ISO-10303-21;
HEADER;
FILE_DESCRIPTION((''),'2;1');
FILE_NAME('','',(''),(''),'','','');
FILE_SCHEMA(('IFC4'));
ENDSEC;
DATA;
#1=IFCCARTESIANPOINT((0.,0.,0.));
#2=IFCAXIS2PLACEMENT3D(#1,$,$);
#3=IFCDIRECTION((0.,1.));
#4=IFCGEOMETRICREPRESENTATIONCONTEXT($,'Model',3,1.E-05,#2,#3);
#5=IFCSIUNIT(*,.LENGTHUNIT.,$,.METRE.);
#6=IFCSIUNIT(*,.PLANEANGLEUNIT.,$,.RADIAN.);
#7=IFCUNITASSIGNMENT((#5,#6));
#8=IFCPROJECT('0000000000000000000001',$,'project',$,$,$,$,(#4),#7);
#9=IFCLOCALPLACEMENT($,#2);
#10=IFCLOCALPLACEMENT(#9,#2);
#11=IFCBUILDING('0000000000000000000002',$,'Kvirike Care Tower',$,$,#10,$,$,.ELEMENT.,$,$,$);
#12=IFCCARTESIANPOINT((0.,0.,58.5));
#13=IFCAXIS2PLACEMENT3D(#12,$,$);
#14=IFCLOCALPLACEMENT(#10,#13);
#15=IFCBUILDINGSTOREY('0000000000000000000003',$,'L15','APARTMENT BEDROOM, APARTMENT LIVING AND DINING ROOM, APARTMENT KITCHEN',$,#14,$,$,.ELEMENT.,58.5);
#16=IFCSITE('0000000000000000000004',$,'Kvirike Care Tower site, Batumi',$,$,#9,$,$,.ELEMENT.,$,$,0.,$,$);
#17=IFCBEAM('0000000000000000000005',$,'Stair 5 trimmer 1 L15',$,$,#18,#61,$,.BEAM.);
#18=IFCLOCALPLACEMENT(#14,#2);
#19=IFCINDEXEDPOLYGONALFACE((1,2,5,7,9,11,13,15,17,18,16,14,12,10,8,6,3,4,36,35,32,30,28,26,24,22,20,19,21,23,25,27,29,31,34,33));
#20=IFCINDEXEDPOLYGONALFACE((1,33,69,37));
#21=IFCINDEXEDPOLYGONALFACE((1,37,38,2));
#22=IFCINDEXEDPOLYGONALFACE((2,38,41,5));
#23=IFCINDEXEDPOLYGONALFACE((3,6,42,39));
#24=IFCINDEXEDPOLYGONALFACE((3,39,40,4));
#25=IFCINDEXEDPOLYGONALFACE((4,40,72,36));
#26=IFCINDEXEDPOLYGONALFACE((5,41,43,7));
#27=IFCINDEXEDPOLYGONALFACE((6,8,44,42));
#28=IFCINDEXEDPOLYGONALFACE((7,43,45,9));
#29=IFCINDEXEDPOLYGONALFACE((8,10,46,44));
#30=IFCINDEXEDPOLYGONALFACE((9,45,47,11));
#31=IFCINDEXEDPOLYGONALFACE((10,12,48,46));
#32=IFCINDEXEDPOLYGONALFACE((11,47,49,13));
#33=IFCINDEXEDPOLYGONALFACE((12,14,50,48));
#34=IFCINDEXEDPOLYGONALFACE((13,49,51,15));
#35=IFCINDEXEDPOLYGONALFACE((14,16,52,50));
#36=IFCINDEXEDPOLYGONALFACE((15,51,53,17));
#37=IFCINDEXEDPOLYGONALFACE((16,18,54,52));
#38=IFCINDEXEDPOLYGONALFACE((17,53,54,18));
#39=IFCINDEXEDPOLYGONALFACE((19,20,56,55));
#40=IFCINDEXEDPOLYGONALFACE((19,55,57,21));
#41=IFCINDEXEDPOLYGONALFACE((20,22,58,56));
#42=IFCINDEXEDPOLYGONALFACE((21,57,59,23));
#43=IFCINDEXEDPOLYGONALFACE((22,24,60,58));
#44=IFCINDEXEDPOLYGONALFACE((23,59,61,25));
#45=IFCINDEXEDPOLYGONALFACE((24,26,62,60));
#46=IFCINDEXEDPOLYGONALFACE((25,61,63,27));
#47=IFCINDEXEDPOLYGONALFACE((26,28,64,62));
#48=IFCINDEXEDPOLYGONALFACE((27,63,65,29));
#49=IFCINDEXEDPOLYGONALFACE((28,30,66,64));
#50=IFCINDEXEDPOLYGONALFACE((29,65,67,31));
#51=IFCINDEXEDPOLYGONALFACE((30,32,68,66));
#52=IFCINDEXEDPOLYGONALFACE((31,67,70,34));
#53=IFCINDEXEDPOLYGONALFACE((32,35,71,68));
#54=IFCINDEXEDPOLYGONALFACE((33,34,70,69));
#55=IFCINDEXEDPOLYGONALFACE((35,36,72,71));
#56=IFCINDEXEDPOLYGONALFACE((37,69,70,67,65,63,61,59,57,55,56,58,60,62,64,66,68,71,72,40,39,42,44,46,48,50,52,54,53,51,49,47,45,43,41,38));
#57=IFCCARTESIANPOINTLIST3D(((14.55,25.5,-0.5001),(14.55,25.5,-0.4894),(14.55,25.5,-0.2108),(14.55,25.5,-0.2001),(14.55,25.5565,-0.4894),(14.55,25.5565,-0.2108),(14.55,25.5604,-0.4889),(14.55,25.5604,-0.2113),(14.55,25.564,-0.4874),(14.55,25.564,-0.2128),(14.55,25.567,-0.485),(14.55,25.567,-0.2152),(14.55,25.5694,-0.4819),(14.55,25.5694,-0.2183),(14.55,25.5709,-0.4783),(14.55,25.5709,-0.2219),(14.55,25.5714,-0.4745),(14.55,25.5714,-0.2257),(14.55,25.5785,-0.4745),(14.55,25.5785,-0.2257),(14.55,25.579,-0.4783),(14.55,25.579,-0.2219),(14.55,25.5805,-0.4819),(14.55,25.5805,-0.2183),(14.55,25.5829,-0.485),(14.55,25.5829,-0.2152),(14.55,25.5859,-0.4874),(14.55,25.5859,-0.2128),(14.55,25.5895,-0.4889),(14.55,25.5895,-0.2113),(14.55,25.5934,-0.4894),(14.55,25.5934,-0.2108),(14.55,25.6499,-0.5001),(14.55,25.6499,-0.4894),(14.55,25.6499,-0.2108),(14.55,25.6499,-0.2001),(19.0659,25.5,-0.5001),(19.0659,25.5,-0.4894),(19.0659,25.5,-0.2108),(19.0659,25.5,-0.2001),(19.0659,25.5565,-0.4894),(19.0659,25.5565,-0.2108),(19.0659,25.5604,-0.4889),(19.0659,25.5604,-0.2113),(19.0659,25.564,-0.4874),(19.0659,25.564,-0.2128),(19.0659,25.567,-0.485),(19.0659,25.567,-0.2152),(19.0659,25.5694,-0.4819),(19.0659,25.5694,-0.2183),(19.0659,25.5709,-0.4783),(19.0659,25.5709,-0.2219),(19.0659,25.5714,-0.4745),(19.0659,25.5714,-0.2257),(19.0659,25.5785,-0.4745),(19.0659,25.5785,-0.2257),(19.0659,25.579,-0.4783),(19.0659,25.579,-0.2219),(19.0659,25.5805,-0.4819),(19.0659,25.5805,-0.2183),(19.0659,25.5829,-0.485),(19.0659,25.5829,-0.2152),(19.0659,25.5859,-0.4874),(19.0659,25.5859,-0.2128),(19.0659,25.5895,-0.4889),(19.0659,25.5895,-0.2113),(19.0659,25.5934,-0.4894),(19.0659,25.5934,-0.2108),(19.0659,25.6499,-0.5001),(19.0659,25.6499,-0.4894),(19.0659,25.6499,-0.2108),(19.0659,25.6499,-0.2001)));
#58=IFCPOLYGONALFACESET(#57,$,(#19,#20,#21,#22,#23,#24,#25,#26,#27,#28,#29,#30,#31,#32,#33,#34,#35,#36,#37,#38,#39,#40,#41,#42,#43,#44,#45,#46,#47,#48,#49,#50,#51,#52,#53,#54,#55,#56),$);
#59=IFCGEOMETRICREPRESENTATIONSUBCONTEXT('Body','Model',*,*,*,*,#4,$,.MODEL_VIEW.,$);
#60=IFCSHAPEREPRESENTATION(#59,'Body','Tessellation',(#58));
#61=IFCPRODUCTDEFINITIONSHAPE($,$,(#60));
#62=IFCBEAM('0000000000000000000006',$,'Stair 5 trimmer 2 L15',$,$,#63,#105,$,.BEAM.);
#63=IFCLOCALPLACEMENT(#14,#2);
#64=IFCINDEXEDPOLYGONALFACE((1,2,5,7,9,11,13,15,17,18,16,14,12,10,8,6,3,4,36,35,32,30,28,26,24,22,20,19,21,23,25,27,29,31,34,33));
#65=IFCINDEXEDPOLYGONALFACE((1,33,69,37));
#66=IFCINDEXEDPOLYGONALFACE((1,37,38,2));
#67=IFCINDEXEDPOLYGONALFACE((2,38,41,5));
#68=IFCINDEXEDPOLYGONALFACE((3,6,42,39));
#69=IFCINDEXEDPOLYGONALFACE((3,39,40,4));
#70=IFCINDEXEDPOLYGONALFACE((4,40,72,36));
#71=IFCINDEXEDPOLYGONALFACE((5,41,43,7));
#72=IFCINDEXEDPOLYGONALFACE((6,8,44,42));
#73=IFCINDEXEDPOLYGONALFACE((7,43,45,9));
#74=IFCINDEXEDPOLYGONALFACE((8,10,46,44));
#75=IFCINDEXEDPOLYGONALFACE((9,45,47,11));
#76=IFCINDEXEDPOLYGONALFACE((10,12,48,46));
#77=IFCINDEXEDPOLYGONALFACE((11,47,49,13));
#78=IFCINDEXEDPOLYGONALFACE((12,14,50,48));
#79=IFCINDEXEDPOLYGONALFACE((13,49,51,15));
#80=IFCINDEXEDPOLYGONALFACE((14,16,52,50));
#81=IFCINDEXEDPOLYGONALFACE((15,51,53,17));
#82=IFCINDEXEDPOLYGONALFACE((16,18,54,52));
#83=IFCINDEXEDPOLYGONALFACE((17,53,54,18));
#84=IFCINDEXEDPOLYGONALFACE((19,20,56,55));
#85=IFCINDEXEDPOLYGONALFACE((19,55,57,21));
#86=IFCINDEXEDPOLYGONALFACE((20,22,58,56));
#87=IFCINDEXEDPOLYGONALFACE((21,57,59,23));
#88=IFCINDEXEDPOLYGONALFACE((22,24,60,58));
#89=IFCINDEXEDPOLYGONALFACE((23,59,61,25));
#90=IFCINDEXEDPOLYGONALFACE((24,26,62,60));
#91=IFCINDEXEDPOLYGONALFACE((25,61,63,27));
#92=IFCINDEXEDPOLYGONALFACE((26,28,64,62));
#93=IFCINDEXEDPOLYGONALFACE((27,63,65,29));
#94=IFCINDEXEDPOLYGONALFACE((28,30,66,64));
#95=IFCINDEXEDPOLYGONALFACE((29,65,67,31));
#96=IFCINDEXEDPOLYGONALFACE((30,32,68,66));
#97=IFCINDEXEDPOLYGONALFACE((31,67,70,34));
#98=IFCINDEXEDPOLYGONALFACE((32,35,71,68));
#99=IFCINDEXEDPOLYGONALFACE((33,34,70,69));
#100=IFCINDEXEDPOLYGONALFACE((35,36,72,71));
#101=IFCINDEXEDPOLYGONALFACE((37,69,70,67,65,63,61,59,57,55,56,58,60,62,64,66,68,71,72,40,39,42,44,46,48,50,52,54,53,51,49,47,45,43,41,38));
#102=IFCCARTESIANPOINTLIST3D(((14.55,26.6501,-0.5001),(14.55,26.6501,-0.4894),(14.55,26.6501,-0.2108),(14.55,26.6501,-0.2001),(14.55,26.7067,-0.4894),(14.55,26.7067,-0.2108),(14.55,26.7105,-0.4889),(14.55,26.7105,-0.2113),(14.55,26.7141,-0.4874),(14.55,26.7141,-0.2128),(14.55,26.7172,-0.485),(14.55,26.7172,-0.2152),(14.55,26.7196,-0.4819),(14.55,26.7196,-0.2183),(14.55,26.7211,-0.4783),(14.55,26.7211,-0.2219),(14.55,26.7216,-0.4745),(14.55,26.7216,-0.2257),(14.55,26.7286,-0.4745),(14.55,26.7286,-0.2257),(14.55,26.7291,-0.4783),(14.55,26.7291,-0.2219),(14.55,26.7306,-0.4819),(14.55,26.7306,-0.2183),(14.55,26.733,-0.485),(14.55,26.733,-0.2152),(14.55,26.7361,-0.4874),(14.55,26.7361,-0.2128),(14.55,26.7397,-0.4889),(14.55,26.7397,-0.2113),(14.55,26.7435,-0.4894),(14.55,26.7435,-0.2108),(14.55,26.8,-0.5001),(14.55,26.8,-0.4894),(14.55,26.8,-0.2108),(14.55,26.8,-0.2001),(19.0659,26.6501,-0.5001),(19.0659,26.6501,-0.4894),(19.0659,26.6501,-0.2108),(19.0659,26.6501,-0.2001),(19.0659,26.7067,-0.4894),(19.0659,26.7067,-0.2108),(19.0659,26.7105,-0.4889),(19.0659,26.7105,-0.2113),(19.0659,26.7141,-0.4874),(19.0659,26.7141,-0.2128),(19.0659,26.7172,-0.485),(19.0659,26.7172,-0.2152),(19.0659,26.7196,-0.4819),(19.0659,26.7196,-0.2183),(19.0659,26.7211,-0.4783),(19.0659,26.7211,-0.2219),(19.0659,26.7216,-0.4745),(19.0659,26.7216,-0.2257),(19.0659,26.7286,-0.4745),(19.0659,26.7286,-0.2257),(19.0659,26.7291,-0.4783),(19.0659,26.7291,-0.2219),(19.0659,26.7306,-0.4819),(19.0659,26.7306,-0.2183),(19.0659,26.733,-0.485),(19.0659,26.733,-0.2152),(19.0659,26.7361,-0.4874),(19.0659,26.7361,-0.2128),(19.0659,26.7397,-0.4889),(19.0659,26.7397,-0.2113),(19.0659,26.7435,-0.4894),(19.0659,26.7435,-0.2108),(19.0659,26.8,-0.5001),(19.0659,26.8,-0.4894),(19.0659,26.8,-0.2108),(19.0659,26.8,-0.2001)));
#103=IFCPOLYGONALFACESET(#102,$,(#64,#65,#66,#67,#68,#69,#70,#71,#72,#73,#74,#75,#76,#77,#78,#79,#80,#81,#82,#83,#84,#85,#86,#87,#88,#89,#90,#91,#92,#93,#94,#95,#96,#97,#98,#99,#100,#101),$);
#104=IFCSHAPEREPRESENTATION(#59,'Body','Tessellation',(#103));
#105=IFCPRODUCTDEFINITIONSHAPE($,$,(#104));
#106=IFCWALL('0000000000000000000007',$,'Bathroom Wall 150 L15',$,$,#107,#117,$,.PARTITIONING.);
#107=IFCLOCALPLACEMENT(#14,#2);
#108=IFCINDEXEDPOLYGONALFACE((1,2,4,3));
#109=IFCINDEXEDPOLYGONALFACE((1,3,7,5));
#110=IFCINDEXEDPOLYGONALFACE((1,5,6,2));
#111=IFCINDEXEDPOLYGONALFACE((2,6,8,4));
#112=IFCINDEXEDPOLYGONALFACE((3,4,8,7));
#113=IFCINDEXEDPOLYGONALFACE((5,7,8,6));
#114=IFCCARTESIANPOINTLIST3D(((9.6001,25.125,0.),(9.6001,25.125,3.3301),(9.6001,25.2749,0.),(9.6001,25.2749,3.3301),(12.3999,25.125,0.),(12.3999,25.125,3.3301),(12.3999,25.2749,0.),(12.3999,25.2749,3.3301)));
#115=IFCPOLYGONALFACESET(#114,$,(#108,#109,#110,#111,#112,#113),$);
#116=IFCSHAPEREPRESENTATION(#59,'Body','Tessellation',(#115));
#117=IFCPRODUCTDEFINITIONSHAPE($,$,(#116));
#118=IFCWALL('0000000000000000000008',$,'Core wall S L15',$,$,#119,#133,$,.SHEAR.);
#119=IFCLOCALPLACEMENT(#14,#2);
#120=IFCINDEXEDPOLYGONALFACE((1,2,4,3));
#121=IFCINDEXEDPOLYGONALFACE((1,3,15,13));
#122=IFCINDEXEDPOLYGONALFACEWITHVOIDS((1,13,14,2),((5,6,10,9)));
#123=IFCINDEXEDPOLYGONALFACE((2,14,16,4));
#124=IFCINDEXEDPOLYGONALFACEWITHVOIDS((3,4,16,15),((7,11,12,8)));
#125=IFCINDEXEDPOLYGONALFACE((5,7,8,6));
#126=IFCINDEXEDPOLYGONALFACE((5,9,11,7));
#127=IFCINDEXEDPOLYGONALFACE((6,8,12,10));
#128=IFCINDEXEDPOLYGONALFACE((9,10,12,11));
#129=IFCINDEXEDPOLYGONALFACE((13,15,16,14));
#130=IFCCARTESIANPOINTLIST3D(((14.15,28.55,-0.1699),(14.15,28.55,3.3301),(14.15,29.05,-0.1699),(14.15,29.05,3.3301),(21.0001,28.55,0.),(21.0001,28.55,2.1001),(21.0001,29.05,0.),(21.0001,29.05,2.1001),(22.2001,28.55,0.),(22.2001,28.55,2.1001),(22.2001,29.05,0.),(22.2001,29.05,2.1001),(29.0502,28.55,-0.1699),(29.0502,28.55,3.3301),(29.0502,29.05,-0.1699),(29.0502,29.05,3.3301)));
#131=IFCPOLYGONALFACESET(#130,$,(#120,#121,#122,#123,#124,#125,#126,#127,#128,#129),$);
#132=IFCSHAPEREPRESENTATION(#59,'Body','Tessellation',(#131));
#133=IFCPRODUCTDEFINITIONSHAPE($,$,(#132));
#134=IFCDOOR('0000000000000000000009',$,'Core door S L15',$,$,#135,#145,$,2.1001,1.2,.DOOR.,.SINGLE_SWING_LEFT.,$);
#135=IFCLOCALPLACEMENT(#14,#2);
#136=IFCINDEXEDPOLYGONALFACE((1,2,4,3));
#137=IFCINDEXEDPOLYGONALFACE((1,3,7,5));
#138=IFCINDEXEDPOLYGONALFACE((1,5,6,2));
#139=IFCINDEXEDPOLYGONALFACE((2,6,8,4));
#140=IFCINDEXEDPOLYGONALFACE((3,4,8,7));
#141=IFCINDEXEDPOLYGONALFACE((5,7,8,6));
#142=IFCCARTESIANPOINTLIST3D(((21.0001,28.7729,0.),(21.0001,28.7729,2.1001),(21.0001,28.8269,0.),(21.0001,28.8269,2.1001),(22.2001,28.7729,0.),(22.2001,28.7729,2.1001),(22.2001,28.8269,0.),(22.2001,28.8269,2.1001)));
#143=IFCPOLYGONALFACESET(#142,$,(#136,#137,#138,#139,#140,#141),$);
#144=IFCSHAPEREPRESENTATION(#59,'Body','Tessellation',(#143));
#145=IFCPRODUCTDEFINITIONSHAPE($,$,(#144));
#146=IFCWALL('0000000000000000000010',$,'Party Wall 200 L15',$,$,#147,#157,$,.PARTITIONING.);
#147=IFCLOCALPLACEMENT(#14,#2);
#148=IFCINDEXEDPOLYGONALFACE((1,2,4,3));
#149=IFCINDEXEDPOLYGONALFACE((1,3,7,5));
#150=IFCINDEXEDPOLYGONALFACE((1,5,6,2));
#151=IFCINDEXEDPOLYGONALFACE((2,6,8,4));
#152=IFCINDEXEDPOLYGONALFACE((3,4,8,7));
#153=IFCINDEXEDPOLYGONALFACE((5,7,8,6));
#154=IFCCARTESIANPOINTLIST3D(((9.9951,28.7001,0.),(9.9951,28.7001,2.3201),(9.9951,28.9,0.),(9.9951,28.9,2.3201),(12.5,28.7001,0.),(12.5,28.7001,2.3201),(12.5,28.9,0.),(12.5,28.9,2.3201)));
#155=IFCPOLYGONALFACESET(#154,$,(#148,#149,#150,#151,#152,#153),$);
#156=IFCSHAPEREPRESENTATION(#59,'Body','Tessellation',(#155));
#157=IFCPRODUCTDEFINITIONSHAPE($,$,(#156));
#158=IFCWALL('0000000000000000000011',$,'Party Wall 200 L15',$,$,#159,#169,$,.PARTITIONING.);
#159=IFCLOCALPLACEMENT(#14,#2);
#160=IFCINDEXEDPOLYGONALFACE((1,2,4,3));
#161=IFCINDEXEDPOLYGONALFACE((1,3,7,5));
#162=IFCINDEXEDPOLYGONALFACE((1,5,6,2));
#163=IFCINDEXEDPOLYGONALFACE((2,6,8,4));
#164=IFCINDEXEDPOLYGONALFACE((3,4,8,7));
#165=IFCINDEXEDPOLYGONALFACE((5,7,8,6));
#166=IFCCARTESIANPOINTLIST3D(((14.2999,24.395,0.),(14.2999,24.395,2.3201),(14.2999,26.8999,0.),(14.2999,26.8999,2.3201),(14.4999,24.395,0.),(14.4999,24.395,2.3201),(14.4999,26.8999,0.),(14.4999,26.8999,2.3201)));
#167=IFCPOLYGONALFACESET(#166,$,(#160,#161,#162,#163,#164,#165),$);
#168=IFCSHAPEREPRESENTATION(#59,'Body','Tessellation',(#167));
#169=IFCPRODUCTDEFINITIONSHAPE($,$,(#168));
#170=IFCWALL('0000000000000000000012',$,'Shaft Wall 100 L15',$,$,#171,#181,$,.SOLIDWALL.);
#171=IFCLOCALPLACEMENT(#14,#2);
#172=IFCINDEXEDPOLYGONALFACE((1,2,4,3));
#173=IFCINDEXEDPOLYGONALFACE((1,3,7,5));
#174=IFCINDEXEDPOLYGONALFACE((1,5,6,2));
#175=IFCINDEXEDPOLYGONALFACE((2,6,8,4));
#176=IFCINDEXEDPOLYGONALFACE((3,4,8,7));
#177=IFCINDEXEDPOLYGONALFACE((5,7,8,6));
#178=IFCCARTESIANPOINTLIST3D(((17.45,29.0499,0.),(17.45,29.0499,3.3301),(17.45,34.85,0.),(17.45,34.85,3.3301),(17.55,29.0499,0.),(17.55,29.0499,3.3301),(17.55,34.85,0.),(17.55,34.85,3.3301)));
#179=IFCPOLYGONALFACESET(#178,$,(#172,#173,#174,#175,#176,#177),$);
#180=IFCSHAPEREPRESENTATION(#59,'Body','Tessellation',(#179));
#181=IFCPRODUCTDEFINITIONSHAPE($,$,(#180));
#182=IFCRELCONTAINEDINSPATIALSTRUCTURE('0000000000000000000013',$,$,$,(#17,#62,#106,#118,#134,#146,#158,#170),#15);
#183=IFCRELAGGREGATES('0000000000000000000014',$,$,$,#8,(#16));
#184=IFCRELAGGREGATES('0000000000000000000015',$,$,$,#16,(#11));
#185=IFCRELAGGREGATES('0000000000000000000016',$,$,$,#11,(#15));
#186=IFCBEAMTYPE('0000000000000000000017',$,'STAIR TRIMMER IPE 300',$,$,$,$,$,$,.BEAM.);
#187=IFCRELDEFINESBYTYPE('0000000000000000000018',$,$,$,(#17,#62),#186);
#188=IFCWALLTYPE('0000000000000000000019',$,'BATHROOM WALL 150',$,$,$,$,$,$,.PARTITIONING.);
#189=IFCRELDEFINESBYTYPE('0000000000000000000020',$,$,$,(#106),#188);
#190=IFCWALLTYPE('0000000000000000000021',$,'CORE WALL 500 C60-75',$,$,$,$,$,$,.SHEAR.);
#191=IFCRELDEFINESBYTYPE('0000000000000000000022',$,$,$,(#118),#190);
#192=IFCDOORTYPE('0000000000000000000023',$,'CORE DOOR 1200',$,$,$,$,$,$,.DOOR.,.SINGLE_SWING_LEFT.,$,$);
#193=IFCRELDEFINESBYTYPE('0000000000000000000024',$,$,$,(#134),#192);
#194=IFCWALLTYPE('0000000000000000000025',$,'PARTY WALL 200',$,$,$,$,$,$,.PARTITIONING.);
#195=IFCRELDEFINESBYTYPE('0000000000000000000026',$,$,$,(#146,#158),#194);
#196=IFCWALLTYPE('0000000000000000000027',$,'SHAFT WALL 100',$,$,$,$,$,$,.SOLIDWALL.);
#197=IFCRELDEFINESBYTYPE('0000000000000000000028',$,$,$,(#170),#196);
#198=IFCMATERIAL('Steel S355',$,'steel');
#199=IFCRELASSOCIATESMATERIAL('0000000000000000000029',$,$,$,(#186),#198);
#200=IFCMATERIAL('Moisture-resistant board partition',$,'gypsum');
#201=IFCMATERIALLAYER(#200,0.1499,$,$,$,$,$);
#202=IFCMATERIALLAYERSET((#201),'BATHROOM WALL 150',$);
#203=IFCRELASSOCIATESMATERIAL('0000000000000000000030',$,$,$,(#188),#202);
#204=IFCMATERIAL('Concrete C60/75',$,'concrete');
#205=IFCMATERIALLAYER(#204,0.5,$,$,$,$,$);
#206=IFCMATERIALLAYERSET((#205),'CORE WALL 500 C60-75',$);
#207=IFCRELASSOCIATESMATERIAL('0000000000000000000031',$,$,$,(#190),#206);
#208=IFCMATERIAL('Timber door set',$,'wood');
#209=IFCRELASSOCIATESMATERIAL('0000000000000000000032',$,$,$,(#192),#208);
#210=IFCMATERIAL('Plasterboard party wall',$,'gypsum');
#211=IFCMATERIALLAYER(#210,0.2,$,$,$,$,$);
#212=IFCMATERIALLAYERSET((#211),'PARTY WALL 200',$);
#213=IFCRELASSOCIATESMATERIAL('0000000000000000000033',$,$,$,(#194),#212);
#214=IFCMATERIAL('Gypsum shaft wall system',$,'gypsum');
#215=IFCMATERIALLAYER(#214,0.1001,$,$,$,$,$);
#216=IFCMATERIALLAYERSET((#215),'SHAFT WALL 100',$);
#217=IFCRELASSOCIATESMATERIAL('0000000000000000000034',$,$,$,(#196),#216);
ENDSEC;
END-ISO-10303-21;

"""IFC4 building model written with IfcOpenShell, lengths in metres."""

from ifc_helpers import new_model, si_unit, direction, frame, frame_2d, origin, origin_2d, place, context, subcontext, project, spatial, rectangle, i_section, extrude, material, layer, layer_set, material_profile, profile_set, type_object, element, fill, save


model = new_model("IFC4")

# Units and contexts
model_context = context("Model", 3, precision=1e-05, world=origin(), true_north=direction((0.0, 1.0)))
body_context = subcontext(model_context, "Body", "Model", "MODEL_VIEW")
ifc_project = project(units=[si_unit("LENGTHUNIT", "METRE"), si_unit("PLANEANGLEUNIT", "RADIAN")], contexts=[model_context])

# Site, building, storey
site_placement = place(None, origin())
site = spatial("IfcSite", under=ifc_project, at=site_placement, Name="Kvirike Care Tower site, Batumi", CompositionType="ELEMENT", RefElevation=0.0)
building_placement = place(site_placement, origin())
building = spatial("IfcBuilding", under=site, at=building_placement, Name="Kvirike Care Tower", CompositionType="ELEMENT")
storey_placement = place(building_placement, frame((0.0, 0.0, 58.5)))
storey = spatial("IfcBuildingStorey", under=building, at=storey_placement, Name="L15", Description="APARTMENT BEDROOM, APARTMENT LIVING AND DINING ROOM, APARTMENT KITCHEN", CompositionType="ELEMENT", Elevation=58.5)

# Beams
ifc_material_1 = material(Name="Steel S355", Category="steel")
ifc_material_profile_1 = material_profile(ifc_material_1, i_section(OverallWidth=0.1499, OverallDepth=0.3, WebThickness=0.0071, FlangeThickness=0.0107, FilletRadius=0.0149, at=origin_2d()), Name="IPE 300")
ifc_profile_set_1 = profile_set([ifc_material_profile_1], Name="Steel S355")
beam_type_1 = type_object("IfcBeamType", Name="STAIR TRIMMER IPE 300", PredefinedType="BEAM", material=ifc_profile_set_1)
for number, where, z_axis, x_axis, name in (
    (1, (14.55, 25.575, -0.3501), (1.0, 0.0, 0.0), (0.0, 1.0, 0.0), "Stair 5 trimmer 1 L15"),
    (2, (14.55, 26.7251, -0.3501), (1.0, 0.0, 0.0), (0.0, 1.0, 0.0), "Stair 5 trimmer 2 L15"),
):
    element("IfcBeam", number, at=place(storey_placement, frame(where, z_axis=z_axis, x_axis=x_axis)), inside=storey, type_object=beam_type_1, Name=name, PredefinedType="BEAM", context=body_context, shape_type="SweptSolid", body=[
        extrude(i_section(OverallWidth=0.1499, OverallDepth=0.3, WebThickness=0.0071, FlangeThickness=0.0107, FilletRadius=0.0149, at=origin_2d()), origin(), (0.0, 0.0, 1.0), 4.5159),
    ])

# Wall
ifc_material_2 = material(Name="Moisture-resistant board partition", Category="gypsum")
ifc_layer_1 = layer(ifc_material_2, 0.1499)
ifc_layer_set_1 = layer_set([ifc_layer_1], Name="BATHROOM WALL 150")
wall_type_1 = type_object("IfcWallType", Name="BATHROOM WALL 150", PredefinedType="PARTITIONING", material=ifc_layer_set_1)
wall_1_placement = place(storey_placement, frame((9.6001, 25.2, 0.0), z_axis=(0.0, 0.0, 1.0), x_axis=(1.0, 0.0, 0.0)))
element("IfcWall", 3, at=wall_1_placement, inside=storey, type_object=wall_type_1, Name="Bathroom Wall 150 L15", PredefinedType="PARTITIONING", context=body_context, shape_type="SweptSolid", body=[
    extrude(rectangle(XDim=2.7998, YDim=0.1499, at=frame_2d((1.3999, 0.0))), origin(), (0.0, 0.0, 1.0), 3.3301),
])

# Wall, opening, door
ifc_material_3 = material(Name="Concrete C60/75", Category="concrete")
ifc_layer_2 = layer(ifc_material_3, 0.5)
ifc_layer_set_2 = layer_set([ifc_layer_2], Name="CORE WALL 500 C60-75")
wall_type_2 = type_object("IfcWallType", Name="CORE WALL 500 C60-75", PredefinedType="SHEAR", material=ifc_layer_set_2)
wall_2_placement = place(storey_placement, frame((14.1499, 28.8, -0.1699), z_axis=(0.0, 0.0, 1.0), x_axis=(1.0, 0.0, 0.0)))
wall_2 = element("IfcWall", 4, at=wall_2_placement, inside=storey, type_object=wall_type_2, Name="Core wall S L15", PredefinedType="SHEAR", context=body_context, shape_type="SweptSolid", body=[
    extrude(rectangle(XDim=14.9001, YDim=0.5, at=frame_2d((7.4502, 0.0))), origin(), (0.0, 0.0, 1.0), 3.5),
])
opening_1_placement = place(wall_2_placement, frame((6.8501, 0.0, 0.1699)))
opening_1 = element("IfcOpeningElement", 5, at=opening_1_placement, cuts=wall_2, PredefinedType="OPENING", context=body_context, shape_type="SweptSolid", body=[
    extrude(rectangle(XDim=1.2, YDim=2.1001, at=frame_2d((0.6001, 1.05))), frame((0.0, 0.2605, 0.0), z_axis=(0.0, -1.0, 0.0), x_axis=(1.0, 0.0, 0.0)), (0.0, 0.0, 1.0), 0.521),
])
ifc_material_4 = material(Name="Timber door set", Category="wood")
door_type_1 = type_object("IfcDoorType", Name="CORE DOOR 1200", OperationType="SINGLE_SWING_LEFT", PredefinedType="DOOR", material=ifc_material_4)
door_1_placement = place(opening_1_placement, origin())
door_1 = element("IfcDoor", 6, at=door_1_placement, inside=storey, type_object=door_type_1, Name="Core door S L15", OperationType="SINGLE_SWING_LEFT", OverallHeight=2.1001, OverallWidth=1.2, PredefinedType="DOOR", context=body_context, shape_type="SweptSolid", body=[
    extrude(rectangle(XDim=1.2, YDim=2.1001, at=frame_2d((0.6001, 1.05))), frame((0.0, 0.0269, 0.0), z_axis=(0.0, -1.0, 0.0), x_axis=(1.0, 0.0, 0.0)), (0.0, 0.0, 1.0), 0.054),
])
fill(opening_1, door_1)

# Walls
ifc_material_5 = material(Name="Plasterboard party wall", Category="gypsum")
ifc_layer_3 = layer(ifc_material_5, 0.2)
ifc_layer_set_3 = layer_set([ifc_layer_3], Name="PARTY WALL 200")
wall_type_3 = type_object("IfcWallType", Name="PARTY WALL 200", PredefinedType="PARTITIONING", material=ifc_layer_set_3)
for number, where, z_axis, x_axis, name in (
    (7, (12.5, 28.8, 0.0), (0.0, 0.0, 1.0), (-1.0, 0.0, 0.0), "Party Wall 200 L15"),
    (8, (14.3999, 24.395, 0.0), (0.0, 0.0, 1.0), (0.0, 1.0, 0.0), "Party Wall 200 L15"),
):
    element("IfcWall", number, at=place(storey_placement, frame(where, z_axis=z_axis, x_axis=x_axis)), inside=storey, type_object=wall_type_3, Name=name, PredefinedType="PARTITIONING", context=body_context, shape_type="SweptSolid", body=[
        extrude(rectangle(XDim=2.5049, YDim=0.2, at=frame_2d((1.2524, 0.0))), origin(), (0.0, 0.0, 1.0), 2.3201),
    ])
ifc_material_6 = material(Name="Gypsum shaft wall system", Category="gypsum")
ifc_layer_4 = layer(ifc_material_6, 0.1001)
ifc_layer_set_4 = layer_set([ifc_layer_4], Name="SHAFT WALL 100")
wall_type_4 = type_object("IfcWallType", Name="SHAFT WALL 100", PredefinedType="SOLIDWALL", material=ifc_layer_set_4)
wall_3_placement = place(storey_placement, frame((17.5, 29.05, 0.0), z_axis=(0.0, 0.0, 1.0), x_axis=(0.0, 1.0, 0.0)))
element("IfcWall", 9, at=wall_3_placement, inside=storey, type_object=wall_type_4, Name="Shaft Wall 100 L15", PredefinedType="SOLIDWALL", context=body_context, shape_type="SweptSolid", body=[
    extrude(rectangle(XDim=5.8, YDim=0.1001, at=frame_2d((2.8999, 0.0))), origin(), (0.0, 0.0, 1.0), 3.3301),
])

save(model, "model.ifc")
